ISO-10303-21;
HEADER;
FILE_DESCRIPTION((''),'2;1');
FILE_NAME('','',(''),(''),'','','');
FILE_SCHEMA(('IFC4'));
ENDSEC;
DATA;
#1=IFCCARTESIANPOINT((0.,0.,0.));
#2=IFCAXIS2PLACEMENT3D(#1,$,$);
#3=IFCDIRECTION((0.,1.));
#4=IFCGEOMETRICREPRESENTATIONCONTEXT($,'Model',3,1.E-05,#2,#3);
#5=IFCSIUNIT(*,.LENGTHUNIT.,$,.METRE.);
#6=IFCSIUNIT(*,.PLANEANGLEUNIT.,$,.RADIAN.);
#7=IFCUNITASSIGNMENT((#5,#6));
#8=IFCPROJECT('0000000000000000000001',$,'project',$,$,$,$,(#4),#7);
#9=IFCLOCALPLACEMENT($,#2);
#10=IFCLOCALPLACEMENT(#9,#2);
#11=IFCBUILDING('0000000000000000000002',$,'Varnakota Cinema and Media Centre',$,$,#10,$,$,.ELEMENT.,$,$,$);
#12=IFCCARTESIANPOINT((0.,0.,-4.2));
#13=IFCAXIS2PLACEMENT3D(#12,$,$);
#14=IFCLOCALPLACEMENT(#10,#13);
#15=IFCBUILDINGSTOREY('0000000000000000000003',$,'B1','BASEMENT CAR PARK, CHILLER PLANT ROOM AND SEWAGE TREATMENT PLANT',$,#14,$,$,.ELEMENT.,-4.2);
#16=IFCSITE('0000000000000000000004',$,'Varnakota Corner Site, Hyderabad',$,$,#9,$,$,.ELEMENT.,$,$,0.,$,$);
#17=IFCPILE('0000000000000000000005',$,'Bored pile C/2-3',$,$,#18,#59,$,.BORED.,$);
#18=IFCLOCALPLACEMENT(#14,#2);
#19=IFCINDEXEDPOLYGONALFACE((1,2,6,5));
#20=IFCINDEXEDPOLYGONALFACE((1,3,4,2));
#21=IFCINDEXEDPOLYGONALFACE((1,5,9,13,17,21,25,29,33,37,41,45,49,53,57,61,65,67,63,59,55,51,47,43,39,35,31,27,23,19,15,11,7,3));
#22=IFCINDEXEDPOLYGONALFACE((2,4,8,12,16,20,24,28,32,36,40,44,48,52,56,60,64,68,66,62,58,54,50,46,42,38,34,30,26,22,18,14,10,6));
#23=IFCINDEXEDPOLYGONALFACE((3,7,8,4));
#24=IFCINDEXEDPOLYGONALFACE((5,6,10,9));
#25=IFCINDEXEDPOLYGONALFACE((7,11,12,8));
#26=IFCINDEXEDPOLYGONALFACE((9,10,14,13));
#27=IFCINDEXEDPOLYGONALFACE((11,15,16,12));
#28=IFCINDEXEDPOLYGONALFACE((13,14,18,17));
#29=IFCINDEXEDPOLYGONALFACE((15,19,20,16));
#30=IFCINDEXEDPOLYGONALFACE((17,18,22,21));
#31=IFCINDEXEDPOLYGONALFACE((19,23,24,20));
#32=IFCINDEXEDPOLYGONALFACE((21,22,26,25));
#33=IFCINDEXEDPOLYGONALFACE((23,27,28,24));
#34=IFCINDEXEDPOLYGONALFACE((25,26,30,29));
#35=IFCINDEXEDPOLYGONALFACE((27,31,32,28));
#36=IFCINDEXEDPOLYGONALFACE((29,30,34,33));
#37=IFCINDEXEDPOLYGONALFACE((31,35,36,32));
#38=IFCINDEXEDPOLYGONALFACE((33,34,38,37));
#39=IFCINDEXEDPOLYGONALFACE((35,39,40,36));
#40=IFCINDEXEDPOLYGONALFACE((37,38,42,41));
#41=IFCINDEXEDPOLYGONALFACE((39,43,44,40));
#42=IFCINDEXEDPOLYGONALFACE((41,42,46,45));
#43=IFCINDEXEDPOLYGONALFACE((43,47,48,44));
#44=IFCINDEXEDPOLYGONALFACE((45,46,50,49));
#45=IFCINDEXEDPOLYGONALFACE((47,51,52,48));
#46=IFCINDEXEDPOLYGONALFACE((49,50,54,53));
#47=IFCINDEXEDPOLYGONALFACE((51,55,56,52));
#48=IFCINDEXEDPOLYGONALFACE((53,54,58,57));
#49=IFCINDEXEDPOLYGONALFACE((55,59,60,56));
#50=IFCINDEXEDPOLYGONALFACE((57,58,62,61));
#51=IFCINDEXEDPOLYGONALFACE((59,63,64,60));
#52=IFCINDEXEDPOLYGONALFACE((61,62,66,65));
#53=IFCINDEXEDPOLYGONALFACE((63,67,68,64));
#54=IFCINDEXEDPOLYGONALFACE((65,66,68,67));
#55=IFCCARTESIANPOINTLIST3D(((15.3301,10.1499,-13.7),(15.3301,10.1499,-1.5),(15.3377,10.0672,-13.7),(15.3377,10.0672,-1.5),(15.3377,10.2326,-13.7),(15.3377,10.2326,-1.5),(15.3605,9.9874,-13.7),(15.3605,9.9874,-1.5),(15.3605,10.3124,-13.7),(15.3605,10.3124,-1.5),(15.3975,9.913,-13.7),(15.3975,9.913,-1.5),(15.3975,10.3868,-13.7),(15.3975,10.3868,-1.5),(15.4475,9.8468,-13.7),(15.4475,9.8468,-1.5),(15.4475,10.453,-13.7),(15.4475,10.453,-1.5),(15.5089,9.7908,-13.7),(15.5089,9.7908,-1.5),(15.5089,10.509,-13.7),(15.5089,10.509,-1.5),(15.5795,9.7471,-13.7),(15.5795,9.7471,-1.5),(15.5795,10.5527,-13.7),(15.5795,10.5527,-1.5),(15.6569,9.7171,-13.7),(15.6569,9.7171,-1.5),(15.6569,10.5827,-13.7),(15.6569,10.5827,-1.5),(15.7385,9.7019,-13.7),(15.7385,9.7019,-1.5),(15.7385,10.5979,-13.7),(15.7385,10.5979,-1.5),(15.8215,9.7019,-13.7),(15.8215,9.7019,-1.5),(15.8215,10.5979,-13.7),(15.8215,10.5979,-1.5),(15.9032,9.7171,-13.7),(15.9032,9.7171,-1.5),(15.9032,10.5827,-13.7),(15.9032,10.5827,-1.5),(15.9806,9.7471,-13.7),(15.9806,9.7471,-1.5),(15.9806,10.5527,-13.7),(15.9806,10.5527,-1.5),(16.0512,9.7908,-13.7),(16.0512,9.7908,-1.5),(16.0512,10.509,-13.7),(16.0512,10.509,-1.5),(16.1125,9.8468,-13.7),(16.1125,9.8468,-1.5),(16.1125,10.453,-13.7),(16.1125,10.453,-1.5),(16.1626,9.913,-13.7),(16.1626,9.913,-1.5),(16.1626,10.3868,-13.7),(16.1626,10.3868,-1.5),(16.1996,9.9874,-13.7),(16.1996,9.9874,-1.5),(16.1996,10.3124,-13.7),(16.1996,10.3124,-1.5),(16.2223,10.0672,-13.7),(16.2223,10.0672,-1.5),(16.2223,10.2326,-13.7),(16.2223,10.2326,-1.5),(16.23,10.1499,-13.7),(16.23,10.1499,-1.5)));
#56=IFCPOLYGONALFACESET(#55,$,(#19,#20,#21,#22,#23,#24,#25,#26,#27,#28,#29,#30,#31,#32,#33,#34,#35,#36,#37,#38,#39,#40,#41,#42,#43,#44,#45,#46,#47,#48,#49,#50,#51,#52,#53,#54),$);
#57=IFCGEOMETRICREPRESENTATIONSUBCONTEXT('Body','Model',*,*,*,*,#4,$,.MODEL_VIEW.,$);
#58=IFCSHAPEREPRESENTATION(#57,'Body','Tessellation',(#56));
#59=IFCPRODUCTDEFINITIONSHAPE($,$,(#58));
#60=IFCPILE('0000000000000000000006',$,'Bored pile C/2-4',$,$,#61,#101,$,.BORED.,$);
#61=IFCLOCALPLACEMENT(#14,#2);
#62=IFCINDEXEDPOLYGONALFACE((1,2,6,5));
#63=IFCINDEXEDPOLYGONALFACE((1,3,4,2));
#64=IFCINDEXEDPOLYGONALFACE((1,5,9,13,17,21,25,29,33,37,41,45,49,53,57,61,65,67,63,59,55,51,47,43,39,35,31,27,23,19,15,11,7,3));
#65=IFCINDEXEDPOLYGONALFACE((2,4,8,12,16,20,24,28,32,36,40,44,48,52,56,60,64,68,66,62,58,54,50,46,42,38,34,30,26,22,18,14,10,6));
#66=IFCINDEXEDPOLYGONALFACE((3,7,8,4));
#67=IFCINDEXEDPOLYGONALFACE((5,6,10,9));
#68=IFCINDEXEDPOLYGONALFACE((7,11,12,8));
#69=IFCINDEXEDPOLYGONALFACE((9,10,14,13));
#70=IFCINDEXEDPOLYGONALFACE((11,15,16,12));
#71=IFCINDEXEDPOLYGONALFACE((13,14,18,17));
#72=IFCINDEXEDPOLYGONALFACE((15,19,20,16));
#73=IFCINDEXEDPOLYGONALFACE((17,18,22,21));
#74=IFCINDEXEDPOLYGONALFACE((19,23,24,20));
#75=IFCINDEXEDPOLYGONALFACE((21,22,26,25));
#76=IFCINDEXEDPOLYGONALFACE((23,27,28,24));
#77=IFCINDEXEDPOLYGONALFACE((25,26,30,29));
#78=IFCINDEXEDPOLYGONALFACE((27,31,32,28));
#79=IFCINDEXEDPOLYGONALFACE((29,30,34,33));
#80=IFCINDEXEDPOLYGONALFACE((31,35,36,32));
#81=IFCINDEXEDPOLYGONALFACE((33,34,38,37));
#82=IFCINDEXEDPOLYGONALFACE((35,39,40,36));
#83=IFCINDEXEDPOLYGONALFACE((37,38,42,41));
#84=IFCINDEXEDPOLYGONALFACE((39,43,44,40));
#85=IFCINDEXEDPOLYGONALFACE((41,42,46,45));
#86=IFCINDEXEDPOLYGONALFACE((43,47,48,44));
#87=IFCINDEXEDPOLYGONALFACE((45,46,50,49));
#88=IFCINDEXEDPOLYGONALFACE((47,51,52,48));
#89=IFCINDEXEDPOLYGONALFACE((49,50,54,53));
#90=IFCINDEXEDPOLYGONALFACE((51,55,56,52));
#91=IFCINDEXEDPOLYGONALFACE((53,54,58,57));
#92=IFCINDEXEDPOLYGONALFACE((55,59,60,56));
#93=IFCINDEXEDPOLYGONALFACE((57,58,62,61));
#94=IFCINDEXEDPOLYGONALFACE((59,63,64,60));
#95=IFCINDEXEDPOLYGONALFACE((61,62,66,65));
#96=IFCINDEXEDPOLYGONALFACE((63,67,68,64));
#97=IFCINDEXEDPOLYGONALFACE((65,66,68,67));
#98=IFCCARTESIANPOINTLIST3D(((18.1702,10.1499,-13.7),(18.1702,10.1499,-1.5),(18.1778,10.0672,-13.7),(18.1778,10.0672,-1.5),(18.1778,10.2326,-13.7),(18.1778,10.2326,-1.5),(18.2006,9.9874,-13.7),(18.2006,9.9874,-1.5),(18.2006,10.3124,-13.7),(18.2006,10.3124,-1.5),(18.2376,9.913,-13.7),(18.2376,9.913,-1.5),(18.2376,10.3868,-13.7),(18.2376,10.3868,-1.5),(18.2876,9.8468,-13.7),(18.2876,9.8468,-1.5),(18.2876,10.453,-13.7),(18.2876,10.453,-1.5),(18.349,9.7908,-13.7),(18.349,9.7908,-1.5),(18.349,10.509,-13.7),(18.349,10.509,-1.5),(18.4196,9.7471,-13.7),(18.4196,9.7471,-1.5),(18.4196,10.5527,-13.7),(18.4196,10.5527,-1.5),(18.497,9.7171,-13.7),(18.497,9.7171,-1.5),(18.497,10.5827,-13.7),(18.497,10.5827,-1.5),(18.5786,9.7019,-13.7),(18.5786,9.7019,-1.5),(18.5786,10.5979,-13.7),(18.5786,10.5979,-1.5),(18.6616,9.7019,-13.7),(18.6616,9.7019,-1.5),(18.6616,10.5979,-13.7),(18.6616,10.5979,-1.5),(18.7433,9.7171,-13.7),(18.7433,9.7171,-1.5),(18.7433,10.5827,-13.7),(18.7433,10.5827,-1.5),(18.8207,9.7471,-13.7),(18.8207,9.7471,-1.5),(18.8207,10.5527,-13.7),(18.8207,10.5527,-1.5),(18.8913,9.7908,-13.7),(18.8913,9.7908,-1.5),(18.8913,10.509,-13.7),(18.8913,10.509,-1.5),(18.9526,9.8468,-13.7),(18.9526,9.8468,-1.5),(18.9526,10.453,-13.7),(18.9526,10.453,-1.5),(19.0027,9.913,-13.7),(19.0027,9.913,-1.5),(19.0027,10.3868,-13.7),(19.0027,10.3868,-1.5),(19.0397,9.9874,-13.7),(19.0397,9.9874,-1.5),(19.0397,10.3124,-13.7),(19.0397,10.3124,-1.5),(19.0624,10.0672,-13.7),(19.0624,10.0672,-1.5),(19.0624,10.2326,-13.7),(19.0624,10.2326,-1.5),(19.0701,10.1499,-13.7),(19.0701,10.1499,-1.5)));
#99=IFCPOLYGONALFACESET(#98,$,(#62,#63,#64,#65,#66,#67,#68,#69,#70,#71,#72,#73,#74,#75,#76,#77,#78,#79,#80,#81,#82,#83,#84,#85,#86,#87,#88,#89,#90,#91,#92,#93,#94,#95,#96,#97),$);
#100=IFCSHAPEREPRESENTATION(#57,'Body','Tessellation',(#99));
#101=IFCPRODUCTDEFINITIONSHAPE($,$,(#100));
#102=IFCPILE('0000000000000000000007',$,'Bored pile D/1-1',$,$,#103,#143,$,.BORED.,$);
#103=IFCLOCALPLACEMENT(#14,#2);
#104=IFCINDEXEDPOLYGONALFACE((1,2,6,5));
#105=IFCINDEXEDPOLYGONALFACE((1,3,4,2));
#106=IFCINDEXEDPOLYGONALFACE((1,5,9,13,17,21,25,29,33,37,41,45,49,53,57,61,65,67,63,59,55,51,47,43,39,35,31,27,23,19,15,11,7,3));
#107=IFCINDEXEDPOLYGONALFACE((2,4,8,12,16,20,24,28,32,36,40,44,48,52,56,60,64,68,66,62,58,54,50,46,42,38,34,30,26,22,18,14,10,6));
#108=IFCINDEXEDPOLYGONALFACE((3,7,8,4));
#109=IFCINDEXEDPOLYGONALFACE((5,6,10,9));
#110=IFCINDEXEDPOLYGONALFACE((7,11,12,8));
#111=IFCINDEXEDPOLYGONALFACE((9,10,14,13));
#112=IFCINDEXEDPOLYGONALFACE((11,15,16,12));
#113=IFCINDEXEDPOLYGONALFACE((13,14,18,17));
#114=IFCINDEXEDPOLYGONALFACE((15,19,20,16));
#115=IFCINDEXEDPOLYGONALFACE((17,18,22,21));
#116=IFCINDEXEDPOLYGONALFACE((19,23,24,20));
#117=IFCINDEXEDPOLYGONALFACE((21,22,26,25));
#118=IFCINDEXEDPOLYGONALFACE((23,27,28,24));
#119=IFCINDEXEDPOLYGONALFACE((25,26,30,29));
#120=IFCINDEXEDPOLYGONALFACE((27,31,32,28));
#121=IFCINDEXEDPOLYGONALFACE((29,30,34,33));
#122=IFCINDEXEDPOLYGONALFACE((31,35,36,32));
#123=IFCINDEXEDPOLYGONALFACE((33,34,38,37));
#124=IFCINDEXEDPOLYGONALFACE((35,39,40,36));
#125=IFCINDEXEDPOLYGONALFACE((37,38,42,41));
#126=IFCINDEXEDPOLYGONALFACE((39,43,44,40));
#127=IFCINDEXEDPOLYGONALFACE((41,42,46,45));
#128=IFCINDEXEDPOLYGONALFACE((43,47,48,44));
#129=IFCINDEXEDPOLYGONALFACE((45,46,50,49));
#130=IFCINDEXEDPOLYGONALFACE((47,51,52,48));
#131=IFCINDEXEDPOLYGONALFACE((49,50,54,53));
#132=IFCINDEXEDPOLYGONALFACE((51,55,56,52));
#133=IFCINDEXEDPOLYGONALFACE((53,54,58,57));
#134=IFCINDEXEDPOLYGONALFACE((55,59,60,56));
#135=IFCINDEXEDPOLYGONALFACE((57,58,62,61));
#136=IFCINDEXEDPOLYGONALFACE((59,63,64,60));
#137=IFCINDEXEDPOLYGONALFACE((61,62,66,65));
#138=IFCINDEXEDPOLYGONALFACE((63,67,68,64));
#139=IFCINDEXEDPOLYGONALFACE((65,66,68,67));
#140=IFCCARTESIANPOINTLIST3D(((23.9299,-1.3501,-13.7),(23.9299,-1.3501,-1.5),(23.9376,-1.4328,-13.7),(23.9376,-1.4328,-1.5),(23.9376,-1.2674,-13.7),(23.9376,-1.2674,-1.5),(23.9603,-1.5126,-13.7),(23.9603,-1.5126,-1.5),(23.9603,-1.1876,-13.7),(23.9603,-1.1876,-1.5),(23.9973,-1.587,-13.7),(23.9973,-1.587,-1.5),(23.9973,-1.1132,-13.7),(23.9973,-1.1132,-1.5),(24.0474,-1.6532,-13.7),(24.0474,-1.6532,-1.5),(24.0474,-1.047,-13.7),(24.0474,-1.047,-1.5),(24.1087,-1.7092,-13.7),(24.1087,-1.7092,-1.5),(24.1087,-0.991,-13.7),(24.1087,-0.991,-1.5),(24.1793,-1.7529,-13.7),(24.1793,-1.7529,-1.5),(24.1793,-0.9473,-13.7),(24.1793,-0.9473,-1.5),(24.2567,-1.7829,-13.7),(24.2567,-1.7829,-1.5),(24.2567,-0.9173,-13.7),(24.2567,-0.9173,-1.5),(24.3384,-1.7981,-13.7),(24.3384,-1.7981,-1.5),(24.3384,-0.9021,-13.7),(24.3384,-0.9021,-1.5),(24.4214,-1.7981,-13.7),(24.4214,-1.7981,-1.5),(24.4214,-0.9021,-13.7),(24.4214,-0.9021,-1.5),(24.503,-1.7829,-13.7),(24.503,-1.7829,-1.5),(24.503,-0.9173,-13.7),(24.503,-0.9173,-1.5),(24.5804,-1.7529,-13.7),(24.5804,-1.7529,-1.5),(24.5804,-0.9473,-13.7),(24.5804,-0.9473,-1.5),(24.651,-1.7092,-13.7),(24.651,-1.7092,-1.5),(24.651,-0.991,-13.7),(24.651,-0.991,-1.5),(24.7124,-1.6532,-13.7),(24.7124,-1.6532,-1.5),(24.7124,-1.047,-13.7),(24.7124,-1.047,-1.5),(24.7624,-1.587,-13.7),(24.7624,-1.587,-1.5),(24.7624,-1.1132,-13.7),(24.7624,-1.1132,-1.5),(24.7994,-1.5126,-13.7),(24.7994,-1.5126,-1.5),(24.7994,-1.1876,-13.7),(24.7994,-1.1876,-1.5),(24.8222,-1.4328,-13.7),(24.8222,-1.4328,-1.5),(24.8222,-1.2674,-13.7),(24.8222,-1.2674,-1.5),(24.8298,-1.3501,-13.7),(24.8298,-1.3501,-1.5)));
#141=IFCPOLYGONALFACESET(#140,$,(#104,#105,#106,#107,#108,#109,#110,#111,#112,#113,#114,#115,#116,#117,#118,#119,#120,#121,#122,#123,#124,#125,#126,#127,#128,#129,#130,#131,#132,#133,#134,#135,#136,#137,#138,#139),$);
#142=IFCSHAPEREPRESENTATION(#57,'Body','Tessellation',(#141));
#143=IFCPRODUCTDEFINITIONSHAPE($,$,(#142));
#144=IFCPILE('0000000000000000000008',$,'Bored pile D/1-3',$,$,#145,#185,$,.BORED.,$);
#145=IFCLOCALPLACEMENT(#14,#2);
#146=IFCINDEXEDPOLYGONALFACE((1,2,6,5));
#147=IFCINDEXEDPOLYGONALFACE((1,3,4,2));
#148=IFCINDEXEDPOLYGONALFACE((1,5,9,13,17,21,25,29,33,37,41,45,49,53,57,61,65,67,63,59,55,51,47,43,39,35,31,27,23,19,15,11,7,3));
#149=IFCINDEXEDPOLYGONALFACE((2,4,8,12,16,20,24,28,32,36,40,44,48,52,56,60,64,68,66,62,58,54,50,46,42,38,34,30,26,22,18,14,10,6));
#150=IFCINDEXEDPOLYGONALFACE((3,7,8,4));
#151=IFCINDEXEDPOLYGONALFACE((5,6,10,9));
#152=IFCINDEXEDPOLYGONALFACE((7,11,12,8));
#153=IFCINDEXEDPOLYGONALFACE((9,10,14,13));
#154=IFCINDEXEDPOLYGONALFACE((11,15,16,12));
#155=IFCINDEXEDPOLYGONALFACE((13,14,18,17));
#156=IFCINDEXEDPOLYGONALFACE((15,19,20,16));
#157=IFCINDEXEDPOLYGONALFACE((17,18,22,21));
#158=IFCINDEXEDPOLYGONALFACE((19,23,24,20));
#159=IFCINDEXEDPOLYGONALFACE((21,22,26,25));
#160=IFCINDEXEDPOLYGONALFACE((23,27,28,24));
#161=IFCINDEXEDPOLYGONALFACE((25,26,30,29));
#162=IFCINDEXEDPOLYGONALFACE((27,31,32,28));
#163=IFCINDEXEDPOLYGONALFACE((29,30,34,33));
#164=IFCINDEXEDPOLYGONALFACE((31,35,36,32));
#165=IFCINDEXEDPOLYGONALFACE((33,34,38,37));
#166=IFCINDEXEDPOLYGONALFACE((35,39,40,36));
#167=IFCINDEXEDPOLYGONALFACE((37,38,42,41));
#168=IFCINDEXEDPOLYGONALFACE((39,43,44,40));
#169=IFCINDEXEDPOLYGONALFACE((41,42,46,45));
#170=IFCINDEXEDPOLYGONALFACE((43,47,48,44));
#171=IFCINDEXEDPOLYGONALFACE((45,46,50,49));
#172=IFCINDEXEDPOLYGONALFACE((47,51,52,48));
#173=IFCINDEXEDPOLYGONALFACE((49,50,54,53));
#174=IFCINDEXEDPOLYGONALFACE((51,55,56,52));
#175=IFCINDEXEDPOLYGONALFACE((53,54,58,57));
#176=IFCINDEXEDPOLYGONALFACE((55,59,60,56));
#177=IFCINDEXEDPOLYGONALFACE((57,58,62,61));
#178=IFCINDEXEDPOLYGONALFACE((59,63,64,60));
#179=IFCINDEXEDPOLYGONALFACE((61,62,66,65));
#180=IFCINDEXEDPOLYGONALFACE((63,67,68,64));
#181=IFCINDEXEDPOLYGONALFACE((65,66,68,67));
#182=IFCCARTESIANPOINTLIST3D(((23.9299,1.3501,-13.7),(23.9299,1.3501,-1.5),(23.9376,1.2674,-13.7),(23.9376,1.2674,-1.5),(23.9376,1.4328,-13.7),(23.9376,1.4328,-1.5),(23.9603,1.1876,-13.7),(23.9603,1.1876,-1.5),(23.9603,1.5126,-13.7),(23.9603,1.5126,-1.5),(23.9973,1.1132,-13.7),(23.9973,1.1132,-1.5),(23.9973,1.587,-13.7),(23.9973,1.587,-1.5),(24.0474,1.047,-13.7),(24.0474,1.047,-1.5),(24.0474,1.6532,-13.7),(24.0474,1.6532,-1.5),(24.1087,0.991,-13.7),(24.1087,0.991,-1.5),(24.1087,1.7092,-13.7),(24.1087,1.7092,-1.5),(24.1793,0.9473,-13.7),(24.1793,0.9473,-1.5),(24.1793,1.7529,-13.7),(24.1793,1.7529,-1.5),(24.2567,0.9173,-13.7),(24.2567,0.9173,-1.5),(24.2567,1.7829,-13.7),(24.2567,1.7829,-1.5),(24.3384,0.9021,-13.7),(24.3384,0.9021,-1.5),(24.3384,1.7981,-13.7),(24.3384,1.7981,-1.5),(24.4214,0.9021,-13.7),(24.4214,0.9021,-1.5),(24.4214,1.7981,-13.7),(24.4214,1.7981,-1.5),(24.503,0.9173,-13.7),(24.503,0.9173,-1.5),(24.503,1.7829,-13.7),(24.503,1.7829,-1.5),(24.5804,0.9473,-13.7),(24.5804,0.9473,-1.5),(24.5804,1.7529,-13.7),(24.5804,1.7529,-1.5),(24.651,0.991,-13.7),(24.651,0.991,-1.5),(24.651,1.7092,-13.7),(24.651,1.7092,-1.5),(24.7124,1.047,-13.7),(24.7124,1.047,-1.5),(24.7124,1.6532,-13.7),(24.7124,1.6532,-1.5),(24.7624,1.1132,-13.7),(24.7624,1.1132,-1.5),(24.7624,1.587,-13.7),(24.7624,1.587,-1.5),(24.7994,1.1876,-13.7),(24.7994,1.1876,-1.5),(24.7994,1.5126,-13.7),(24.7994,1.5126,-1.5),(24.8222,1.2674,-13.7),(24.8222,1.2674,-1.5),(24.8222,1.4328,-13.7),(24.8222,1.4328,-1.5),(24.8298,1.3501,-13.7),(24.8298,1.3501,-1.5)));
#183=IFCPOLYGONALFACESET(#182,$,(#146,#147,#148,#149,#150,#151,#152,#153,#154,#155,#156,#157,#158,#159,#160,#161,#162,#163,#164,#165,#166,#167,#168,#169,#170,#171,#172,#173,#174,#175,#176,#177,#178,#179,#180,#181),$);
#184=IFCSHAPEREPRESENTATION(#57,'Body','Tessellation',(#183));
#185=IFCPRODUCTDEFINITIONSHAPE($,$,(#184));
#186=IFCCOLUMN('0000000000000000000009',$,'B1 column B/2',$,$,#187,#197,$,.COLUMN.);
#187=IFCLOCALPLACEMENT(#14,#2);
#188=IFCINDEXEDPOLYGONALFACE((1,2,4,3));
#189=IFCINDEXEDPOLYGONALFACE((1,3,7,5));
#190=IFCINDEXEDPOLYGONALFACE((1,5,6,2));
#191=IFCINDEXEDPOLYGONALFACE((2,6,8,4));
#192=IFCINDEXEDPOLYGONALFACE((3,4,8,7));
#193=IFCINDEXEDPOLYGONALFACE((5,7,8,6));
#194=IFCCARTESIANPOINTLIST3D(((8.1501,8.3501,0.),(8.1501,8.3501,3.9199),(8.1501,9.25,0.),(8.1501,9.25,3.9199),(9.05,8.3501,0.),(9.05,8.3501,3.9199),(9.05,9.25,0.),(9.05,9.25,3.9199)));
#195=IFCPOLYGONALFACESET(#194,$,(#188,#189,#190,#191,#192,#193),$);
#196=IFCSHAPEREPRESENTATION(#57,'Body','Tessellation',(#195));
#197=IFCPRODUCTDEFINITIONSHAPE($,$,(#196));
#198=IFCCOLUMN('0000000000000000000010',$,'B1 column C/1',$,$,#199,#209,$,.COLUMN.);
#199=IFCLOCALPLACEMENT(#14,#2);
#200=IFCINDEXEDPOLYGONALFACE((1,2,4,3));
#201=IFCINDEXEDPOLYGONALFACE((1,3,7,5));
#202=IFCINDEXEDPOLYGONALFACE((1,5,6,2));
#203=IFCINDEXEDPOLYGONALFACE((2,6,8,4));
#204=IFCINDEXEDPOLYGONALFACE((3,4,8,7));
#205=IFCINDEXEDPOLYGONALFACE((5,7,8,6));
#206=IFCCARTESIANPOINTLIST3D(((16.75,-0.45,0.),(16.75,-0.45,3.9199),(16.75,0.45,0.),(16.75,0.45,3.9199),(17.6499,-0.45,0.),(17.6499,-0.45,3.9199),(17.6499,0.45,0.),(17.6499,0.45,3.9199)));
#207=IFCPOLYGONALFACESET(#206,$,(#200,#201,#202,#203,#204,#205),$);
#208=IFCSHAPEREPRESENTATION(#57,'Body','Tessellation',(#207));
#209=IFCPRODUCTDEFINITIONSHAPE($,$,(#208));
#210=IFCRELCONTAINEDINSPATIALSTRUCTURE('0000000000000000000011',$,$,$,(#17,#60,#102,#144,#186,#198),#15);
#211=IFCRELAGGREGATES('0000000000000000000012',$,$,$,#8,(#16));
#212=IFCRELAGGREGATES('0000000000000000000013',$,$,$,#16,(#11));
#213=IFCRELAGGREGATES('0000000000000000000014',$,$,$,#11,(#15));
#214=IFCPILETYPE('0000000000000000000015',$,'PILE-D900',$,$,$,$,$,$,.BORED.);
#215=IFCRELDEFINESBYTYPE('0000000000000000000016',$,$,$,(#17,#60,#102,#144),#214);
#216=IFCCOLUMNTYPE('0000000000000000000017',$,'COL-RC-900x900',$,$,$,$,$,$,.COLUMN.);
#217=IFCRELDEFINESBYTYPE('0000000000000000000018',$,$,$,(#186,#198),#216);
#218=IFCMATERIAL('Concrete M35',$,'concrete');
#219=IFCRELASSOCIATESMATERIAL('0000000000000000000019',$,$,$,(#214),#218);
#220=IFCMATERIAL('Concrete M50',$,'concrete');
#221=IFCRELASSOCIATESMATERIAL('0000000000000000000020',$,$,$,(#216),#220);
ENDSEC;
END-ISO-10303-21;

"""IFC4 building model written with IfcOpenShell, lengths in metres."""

from ifc_helpers import new_model, si_unit, direction, frame, origin, origin_2d, place, context, subcontext, project, spatial, rectangle, circle, extrude, material, material_profile, profile_set, type_object, element, save


model = new_model("IFC4")

# Units and contexts
model_context = context("Model", 3, precision=1e-05, world=origin(), true_north=direction((0.0, 1.0)))
body_context = subcontext(model_context, "Body", "Model", "MODEL_VIEW")
ifc_project = project(units=[si_unit("LENGTHUNIT", "METRE"), si_unit("PLANEANGLEUNIT", "RADIAN")], contexts=[model_context])

# Site, building, storey
site_placement = place(None, origin())
site = spatial("IfcSite", under=ifc_project, at=site_placement, Name="Varnakota Corner Site, Hyderabad", CompositionType="ELEMENT", RefElevation=0.0)
building_placement = place(site_placement, origin())
building = spatial("IfcBuilding", under=site, at=building_placement, Name="Varnakota Cinema and Media Centre", CompositionType="ELEMENT")
storey_placement = place(building_placement, frame((0.0, 0.0, -4.2)))
storey = spatial("IfcBuildingStorey", under=building, at=storey_placement, Name="B1", Description="BASEMENT CAR PARK, CHILLER PLANT ROOM AND SEWAGE TREATMENT PLANT", CompositionType="ELEMENT", Elevation=-4.2)

# Piles
ifc_material_1 = material(Name="Concrete M35", Category="concrete")
ifc_material_profile_1 = material_profile(ifc_material_1, circle(Radius=0.45, at=origin_2d()), Name="PILE D900")
ifc_profile_set_1 = profile_set([ifc_material_profile_1], Name="Concrete M35")
pile_type_1 = type_object("IfcPileType", Name="PILE-D900", PredefinedType="BORED", material=ifc_profile_set_1)
for number, where, z_axis, x_axis, name in (
    (1, (15.78, 10.1499, -1.5), (0.0, 0.0, -1.0), (1.0, 0.0, 0.0), "Bored pile C/2-3"),
    (2, (18.6201, 10.1499, -1.5), (0.0, 0.0, -1.0), (1.0, 0.0, 0.0), "Bored pile C/2-4"),
    (3, (24.3799, -1.3501, -1.5), (0.0, 0.0, -1.0), (1.0, 0.0, 0.0), "Bored pile D/1-1"),
    (4, (24.3799, 1.3501, -1.5), (0.0, 0.0, -1.0), (1.0, 0.0, 0.0), "Bored pile D/1-3"),
):
    element("IfcPile", number, at=place(storey_placement, frame(where, z_axis=z_axis, x_axis=x_axis)), inside=storey, type_object=pile_type_1, Name=name, PredefinedType="BORED", context=body_context, shape_type="SweptSolid", body=[
        extrude(circle(Radius=0.45, at=origin_2d()), origin(), (0.0, 0.0, 1.0), 12.2),
    ])

# Columns
ifc_material_2 = material(Name="Concrete M50", Category="concrete")
ifc_material_profile_2 = material_profile(ifc_material_2, rectangle(XDim=0.8999, YDim=0.8999, at=origin_2d()), Name="RC 900x900")
ifc_profile_set_2 = profile_set([ifc_material_profile_2], Name="Concrete M50")
column_type = type_object("IfcColumnType", Name="COL-RC-900x900", PredefinedType="COLUMN", material=ifc_profile_set_2)
for number, where, z_axis, x_axis, name in (
    (5, (8.6001, 8.8, 0.0), (0.0, 0.0, 1.0), (1.0, 0.0, 0.0), "B1 column B/2"),
    (6, (17.2, 0.0, 0.0), (0.0, 0.0, 1.0), (1.0, 0.0, 0.0), "B1 column C/1"),
):
    element("IfcColumn", number, at=place(storey_placement, frame(where, z_axis=z_axis, x_axis=x_axis)), inside=storey, type_object=column_type, Name=name, PredefinedType="COLUMN", context=body_context, shape_type="SweptSolid", body=[
        extrude(rectangle(XDim=0.8999, YDim=0.8999, at=origin_2d()), origin(), (0.0, 0.0, 1.0), 3.9199),
    ])

save(model, "model.ifc")
